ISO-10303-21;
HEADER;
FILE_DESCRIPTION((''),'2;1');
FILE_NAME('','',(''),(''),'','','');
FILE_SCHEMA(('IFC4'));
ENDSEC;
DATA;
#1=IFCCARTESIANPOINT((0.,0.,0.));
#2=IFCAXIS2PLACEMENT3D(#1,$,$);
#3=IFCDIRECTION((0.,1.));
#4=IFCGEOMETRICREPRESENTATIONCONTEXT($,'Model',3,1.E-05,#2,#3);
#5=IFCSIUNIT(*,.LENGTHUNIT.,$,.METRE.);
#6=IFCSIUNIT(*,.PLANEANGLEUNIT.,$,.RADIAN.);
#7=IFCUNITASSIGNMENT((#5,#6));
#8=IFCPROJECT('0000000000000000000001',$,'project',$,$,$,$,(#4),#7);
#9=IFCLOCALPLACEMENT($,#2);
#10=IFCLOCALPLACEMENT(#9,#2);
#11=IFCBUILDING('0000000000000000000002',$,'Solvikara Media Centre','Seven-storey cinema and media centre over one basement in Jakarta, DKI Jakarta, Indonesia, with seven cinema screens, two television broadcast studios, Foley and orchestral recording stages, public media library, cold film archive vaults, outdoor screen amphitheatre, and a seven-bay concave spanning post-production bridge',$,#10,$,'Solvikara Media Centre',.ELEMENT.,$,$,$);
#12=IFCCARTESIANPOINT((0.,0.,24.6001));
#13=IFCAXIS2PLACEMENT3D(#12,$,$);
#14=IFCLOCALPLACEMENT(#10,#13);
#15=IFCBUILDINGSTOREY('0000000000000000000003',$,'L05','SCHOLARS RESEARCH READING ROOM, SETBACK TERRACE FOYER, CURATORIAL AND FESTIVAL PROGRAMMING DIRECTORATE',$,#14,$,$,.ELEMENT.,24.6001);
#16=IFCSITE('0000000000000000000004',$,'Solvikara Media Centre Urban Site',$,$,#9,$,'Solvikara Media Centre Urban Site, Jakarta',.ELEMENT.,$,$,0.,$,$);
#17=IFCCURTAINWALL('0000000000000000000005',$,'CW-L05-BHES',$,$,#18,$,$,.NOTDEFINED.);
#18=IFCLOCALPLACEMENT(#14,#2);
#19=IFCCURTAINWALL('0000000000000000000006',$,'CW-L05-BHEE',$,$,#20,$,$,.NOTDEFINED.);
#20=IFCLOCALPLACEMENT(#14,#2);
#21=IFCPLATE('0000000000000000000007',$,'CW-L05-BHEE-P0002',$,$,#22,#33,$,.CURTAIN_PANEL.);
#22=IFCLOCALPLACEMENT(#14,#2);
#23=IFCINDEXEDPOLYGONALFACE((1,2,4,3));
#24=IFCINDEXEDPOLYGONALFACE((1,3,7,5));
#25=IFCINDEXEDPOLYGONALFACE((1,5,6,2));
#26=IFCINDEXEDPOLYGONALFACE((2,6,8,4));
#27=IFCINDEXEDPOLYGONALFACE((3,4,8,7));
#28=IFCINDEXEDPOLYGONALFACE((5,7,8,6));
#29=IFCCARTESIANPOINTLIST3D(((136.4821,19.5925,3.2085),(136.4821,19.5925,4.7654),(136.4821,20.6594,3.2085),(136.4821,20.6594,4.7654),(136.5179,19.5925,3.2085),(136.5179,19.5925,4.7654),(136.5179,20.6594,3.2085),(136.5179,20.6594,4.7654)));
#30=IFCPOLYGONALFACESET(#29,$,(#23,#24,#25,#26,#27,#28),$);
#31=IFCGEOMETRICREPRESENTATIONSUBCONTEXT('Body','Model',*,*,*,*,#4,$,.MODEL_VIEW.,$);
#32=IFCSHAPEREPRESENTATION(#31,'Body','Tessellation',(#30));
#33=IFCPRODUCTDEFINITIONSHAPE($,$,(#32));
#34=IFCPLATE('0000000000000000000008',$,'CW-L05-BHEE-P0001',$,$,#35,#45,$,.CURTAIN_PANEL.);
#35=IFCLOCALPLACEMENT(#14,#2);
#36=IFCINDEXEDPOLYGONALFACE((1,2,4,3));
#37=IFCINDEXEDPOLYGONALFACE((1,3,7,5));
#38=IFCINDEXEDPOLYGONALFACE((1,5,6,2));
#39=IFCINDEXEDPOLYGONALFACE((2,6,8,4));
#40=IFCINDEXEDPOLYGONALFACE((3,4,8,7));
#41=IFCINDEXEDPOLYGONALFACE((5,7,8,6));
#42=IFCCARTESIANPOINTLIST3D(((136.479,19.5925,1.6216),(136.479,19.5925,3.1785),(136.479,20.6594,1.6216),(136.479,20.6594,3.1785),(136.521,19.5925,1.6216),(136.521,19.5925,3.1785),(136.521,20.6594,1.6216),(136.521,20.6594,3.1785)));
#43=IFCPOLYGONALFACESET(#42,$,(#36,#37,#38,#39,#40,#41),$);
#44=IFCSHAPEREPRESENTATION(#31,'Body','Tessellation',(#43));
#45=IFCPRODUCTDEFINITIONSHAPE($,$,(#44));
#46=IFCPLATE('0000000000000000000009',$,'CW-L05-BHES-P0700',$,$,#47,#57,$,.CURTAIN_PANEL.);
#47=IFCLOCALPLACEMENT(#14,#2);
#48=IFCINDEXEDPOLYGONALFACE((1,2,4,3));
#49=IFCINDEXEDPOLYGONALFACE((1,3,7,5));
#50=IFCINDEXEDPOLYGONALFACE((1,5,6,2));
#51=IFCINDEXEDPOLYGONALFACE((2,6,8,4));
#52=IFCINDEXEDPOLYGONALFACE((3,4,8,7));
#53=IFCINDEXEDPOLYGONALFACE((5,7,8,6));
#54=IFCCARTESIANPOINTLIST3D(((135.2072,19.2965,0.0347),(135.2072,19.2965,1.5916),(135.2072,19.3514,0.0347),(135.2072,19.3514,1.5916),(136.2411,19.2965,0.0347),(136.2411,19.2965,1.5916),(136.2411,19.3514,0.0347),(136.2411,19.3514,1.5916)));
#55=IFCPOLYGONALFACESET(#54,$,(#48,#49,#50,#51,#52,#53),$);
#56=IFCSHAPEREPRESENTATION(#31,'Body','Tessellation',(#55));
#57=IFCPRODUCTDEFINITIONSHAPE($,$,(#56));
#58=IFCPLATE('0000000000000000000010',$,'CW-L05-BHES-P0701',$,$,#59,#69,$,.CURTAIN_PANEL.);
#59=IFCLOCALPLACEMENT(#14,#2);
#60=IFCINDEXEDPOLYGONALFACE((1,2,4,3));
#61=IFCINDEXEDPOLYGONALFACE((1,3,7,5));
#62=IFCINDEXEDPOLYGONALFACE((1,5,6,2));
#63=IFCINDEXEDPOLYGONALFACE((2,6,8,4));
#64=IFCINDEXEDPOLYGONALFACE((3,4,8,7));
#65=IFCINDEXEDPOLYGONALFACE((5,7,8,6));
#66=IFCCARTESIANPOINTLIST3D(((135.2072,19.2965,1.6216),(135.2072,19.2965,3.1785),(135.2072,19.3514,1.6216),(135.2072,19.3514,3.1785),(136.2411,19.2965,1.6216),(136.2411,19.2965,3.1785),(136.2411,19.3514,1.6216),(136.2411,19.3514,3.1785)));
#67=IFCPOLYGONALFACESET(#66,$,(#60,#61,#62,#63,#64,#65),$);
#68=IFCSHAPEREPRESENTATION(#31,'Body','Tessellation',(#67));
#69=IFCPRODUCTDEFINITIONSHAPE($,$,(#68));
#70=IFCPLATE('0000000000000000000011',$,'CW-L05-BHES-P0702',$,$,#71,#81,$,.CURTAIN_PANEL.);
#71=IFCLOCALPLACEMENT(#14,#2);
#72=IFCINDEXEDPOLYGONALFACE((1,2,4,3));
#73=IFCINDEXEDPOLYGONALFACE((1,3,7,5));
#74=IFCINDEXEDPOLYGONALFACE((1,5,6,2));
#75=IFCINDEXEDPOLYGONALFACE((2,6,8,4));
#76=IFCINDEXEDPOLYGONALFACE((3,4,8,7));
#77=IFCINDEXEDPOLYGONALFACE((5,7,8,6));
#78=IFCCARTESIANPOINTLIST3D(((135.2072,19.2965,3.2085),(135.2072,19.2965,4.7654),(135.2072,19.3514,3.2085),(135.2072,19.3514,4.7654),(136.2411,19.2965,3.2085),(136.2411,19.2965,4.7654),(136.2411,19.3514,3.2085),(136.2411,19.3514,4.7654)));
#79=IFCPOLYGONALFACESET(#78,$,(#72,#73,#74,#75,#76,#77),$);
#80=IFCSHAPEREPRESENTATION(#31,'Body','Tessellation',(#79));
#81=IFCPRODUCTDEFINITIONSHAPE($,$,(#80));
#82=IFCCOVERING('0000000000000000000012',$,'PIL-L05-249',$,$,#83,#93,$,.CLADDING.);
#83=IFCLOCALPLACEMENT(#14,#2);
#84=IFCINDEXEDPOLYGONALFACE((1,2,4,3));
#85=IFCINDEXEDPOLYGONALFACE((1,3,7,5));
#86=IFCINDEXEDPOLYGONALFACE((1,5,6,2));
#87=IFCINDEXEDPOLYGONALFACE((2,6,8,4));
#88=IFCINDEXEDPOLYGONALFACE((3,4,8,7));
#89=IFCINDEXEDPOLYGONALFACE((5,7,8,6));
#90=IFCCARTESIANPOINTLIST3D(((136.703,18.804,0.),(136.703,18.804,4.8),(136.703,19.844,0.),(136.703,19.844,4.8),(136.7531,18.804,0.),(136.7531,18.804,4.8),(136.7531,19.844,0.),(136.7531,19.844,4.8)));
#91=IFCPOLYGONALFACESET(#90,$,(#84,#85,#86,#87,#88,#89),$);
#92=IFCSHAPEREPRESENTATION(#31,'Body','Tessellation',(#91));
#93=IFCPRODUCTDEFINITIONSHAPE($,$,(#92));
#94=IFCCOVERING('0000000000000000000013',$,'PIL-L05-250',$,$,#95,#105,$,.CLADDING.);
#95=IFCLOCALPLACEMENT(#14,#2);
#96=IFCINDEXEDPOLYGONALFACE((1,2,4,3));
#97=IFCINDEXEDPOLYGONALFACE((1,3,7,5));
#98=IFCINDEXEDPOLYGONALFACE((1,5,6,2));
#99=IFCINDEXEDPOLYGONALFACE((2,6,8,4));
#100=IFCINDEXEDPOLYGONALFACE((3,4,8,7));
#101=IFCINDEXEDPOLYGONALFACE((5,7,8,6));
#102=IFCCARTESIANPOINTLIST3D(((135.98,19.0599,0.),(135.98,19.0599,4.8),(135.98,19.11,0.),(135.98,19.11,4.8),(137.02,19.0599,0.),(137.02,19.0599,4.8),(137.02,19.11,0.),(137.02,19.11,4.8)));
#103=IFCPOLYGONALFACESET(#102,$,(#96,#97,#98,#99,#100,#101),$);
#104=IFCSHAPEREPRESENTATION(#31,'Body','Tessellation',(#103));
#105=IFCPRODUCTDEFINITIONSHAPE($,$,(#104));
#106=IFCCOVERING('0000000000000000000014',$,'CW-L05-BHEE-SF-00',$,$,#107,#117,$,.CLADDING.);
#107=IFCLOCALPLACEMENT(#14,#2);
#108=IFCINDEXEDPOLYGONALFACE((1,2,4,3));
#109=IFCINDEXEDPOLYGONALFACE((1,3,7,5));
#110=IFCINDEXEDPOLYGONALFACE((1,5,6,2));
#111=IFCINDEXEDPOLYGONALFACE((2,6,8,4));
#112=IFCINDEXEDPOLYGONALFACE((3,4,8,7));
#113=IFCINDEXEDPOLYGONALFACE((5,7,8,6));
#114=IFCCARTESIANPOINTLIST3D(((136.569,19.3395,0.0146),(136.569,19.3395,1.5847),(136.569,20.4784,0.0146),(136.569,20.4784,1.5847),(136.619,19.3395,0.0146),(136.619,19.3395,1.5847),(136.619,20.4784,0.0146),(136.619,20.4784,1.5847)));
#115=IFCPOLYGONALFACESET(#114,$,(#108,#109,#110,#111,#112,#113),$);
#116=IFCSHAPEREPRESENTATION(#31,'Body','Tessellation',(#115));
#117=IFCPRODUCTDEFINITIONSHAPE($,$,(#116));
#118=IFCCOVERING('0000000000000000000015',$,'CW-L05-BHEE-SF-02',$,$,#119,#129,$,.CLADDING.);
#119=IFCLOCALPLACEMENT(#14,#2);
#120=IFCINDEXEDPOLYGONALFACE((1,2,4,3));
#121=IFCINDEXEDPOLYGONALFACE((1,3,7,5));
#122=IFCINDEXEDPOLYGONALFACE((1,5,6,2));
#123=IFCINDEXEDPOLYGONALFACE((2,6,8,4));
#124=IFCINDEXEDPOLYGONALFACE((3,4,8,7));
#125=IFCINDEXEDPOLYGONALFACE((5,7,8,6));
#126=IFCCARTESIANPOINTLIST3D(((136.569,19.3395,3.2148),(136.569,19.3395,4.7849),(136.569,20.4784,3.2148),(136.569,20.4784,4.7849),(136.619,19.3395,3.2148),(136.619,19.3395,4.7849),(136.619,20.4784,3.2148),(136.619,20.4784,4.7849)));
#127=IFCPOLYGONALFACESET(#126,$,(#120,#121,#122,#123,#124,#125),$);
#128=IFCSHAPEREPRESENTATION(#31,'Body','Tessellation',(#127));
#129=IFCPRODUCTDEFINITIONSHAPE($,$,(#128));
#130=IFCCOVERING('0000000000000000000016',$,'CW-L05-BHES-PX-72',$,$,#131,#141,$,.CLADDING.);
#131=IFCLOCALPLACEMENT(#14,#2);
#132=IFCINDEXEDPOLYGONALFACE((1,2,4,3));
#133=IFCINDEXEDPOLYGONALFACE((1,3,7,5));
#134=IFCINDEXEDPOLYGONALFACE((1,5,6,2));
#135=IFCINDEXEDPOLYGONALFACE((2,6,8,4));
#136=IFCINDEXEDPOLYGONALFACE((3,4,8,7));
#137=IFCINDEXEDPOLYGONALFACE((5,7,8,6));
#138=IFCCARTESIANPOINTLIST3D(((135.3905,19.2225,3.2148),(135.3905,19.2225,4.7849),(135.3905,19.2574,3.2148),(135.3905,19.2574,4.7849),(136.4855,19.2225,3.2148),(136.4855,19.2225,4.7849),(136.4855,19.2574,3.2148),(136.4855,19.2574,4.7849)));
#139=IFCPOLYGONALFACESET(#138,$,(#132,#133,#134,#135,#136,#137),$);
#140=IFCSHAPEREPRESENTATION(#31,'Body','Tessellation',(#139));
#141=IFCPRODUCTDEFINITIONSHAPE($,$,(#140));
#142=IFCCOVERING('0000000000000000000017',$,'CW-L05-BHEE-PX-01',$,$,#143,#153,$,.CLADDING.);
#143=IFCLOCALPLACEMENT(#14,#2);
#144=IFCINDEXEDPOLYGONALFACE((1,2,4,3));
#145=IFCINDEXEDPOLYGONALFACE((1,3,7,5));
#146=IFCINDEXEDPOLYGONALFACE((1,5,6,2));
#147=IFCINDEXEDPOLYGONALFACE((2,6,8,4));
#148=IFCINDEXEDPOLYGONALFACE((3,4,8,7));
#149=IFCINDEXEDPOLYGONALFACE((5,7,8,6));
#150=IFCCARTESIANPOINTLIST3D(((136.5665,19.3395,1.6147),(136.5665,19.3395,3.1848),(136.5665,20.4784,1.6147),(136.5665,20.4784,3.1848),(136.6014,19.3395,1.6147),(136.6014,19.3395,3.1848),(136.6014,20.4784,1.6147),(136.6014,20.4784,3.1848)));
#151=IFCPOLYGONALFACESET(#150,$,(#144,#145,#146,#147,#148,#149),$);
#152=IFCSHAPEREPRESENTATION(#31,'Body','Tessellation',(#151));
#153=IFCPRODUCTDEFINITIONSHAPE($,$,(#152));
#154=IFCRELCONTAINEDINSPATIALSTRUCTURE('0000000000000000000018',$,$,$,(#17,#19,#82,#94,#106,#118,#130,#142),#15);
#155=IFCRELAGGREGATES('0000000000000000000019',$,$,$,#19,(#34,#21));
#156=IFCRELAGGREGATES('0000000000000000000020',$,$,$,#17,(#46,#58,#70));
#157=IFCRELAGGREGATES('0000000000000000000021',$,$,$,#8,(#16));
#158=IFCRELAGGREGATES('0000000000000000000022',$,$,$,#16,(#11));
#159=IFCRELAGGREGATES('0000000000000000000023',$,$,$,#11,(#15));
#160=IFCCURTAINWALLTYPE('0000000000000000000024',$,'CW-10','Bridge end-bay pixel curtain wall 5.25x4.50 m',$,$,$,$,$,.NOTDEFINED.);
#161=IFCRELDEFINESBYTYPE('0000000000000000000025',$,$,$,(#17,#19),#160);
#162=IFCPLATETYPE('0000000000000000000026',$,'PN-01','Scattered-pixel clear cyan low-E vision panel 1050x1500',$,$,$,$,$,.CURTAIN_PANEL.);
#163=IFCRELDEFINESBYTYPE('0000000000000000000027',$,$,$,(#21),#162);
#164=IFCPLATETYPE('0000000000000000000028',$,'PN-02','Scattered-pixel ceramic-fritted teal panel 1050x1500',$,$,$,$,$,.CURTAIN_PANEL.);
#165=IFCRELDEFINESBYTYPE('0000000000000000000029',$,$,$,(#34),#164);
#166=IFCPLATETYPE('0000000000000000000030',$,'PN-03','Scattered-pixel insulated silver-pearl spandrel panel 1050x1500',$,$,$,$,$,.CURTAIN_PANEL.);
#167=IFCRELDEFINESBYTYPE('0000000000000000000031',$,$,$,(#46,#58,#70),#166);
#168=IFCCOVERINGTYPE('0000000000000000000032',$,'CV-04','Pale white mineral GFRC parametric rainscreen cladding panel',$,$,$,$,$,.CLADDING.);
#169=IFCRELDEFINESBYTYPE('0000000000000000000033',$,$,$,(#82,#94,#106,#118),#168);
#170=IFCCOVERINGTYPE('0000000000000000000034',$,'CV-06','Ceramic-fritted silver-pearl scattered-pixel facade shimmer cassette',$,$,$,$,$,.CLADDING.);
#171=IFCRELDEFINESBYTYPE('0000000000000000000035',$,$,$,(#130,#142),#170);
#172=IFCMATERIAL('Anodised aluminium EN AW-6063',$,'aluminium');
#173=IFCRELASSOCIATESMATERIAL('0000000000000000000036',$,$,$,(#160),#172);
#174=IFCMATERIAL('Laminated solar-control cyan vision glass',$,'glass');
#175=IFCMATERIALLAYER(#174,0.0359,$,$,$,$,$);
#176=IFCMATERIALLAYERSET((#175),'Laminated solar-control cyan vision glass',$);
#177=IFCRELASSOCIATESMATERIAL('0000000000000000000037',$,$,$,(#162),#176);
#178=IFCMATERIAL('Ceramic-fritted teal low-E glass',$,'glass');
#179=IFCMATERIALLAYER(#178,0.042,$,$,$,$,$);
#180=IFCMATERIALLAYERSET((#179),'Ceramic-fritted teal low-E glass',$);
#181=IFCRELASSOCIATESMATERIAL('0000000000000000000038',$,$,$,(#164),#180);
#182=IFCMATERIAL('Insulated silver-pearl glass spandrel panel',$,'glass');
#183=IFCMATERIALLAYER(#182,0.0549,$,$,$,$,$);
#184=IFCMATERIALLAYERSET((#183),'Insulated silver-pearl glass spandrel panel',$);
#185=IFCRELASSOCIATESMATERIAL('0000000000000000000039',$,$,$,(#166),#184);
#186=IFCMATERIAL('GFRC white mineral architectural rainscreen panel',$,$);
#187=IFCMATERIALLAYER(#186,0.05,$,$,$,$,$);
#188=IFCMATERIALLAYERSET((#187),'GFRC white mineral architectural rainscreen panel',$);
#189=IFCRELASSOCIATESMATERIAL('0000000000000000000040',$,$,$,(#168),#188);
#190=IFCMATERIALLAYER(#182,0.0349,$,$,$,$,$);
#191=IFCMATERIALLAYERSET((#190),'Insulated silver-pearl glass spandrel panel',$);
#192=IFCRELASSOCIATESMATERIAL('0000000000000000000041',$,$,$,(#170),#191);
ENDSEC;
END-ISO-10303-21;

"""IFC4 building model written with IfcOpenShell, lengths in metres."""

from ifc_helpers import new_model, si_unit, direction, frame, origin, origin_2d, place, context, subcontext, project, spatial, rectangle, extrude, material, layer, layer_set, type_object, element, aggregate, save


model = new_model("IFC4")

# Units and contexts
model_context = context("Model", 3, precision=1e-05, world=origin(), true_north=direction((0.0, 1.0)))
body_context = subcontext(model_context, "Body", "Model", "MODEL_VIEW")
ifc_project = project(units=[si_unit("LENGTHUNIT", "METRE"), si_unit("PLANEANGLEUNIT", "RADIAN")], contexts=[model_context])

# Site, building, storey
site_placement = place(None, origin())
site = spatial("IfcSite", under=ifc_project, at=site_placement, Name="Solvikara Media Centre Urban Site", LongName="Solvikara Media Centre Urban Site, Jakarta", CompositionType="ELEMENT", RefElevation=0.0)
building_placement = place(site_placement, origin())
building = spatial("IfcBuilding", under=site, at=building_placement, Name="Solvikara Media Centre", Description="Seven-storey cinema and media centre over one basement in Jakarta, DKI Jakarta, Indonesia, with seven cinema screens, two television broadcast studios, Foley and orchestral recording stages, public media library, cold film archive vaults, outdoor screen amphitheatre, and a seven-bay concave spanning post-production bridge", LongName="Solvikara Media Centre", CompositionType="ELEMENT")
storey_placement = place(building_placement, frame((0.0, 0.0, 24.6001)))
storey = spatial("IfcBuildingStorey", under=building, at=storey_placement, Name="L05", Description="SCHOLARS RESEARCH READING ROOM, SETBACK TERRACE FOYER, CURATORIAL AND FESTIVAL PROGRAMMING DIRECTORATE", CompositionType="ELEMENT", Elevation=24.6001)

# Curtain wall
ifc_material_1 = material(Name="Anodised aluminium EN AW-6063", Category="aluminium")
curtain_wall_type = type_object("IfcCurtainWallType", Name="CW-10", Description="Bridge end-bay pixel curtain wall 5.25x4.50 m", PredefinedType="NOTDEFINED", material=ifc_material_1)
curtain_wall_1_placement = place(storey_placement, origin())
curtain_wall_1 = element("IfcCurtainWall", 1, at=curtain_wall_1_placement, inside=storey, type_object=curtain_wall_type, Name="CW-L05-BHES", PredefinedType="NOTDEFINED")

# Curtain wall, plates
curtain_wall_2_placement = place(storey_placement, origin())
curtain_wall_2 = element("IfcCurtainWall", 2, at=curtain_wall_2_placement, inside=storey, type_object=curtain_wall_type, Name="CW-L05-BHEE", PredefinedType="NOTDEFINED")
ifc_material_2 = material(Name="Laminated solar-control cyan vision glass", Category="glass")
ifc_layer_1 = layer(ifc_material_2, 0.0359)
ifc_layer_set_1 = layer_set([ifc_layer_1], Name="Laminated solar-control cyan vision glass")
plate_type_1 = type_object("IfcPlateType", Name="PN-01", Description="Scattered-pixel clear cyan low-E vision panel 1050x1500", PredefinedType="CURTAIN_PANEL", material=ifc_layer_set_1)
plate_1_placement = place(storey_placement, frame((136.5, 20.126, 3.2085), z_axis=(0.0, 0.0, 1.0), x_axis=(0.0, 1.0, 0.0)))
plate_1 = element("IfcPlate", 3, at=plate_1_placement, type_object=plate_type_1, Name="CW-L05-BHEE-P0002", PredefinedType="CURTAIN_PANEL", context=body_context, shape_type="SweptSolid", body=[
    extrude(rectangle(XDim=1.0669, YDim=0.0359, at=origin_2d()), origin(), (0.0, 0.0, 1.0), 1.5569),
])
ifc_material_3 = material(Name="Ceramic-fritted teal low-E glass", Category="glass")
ifc_layer_2 = layer(ifc_material_3, 0.042)
ifc_layer_set_2 = layer_set([ifc_layer_2], Name="Ceramic-fritted teal low-E glass")
plate_type_2 = type_object("IfcPlateType", Name="PN-02", Description="Scattered-pixel ceramic-fritted teal panel 1050x1500", PredefinedType="CURTAIN_PANEL", material=ifc_layer_set_2)
plate_2_placement = place(storey_placement, frame((136.5, 20.126, 1.6216), z_axis=(0.0, 0.0, 1.0), x_axis=(0.0, 1.0, 0.0)))
plate_2 = element("IfcPlate", 4, at=plate_2_placement, type_object=plate_type_2, Name="CW-L05-BHEE-P0001", PredefinedType="CURTAIN_PANEL", context=body_context, shape_type="SweptSolid", body=[
    extrude(rectangle(XDim=1.0669, YDim=0.042, at=origin_2d()), origin(), (0.0, 0.0, 1.0), 1.5569),
])
aggregate(curtain_wall_2, [plate_2, plate_1])

# Plates
ifc_material_4 = material(Name="Insulated silver-pearl glass spandrel panel", Category="glass")
ifc_layer_3 = layer(ifc_material_4, 0.0549)
ifc_layer_set_3 = layer_set([ifc_layer_3], Name="Insulated silver-pearl glass spandrel panel")
plate_type_3 = type_object("IfcPlateType", Name="PN-03", Description="Scattered-pixel insulated silver-pearl spandrel panel 1050x1500", PredefinedType="CURTAIN_PANEL", material=ifc_layer_set_3)
plate_3_placement = place(storey_placement, frame((135.7241, 19.324, 0.0347), z_axis=(0.0, 0.0, 1.0), x_axis=(1.0, 0.0, 0.0)))
plate_3 = element("IfcPlate", 5, at=plate_3_placement, type_object=plate_type_3, Name="CW-L05-BHES-P0700", PredefinedType="CURTAIN_PANEL", context=body_context, shape_type="SweptSolid", body=[
    extrude(rectangle(XDim=1.0339, YDim=0.0549, at=origin_2d()), origin(), (0.0, 0.0, 1.0), 1.5569),
])
plate_4_placement = place(storey_placement, frame((135.7241, 19.324, 1.6216), z_axis=(0.0, 0.0, 1.0), x_axis=(1.0, 0.0, 0.0)))
plate_4 = element("IfcPlate", 6, at=plate_4_placement, type_object=plate_type_3, Name="CW-L05-BHES-P0701", PredefinedType="CURTAIN_PANEL", context=body_context, shape_type="SweptSolid", body=[
    extrude(rectangle(XDim=1.0339, YDim=0.0549, at=origin_2d()), origin(), (0.0, 0.0, 1.0), 1.5569),
])
plate_5_placement = place(storey_placement, frame((135.7241, 19.324, 3.2085), z_axis=(0.0, 0.0, 1.0), x_axis=(1.0, 0.0, 0.0)))
plate_5 = element("IfcPlate", 7, at=plate_5_placement, type_object=plate_type_3, Name="CW-L05-BHES-P0702", PredefinedType="CURTAIN_PANEL", context=body_context, shape_type="SweptSolid", body=[
    extrude(rectangle(XDim=1.0339, YDim=0.0549, at=origin_2d()), origin(), (0.0, 0.0, 1.0), 1.5569),
])
aggregate(curtain_wall_1, [plate_3, plate_4, plate_5])

# Coverings
ifc_material_5 = material(Name="GFRC white mineral architectural rainscreen panel")
ifc_layer_4 = layer(ifc_material_5, 0.05)
ifc_layer_set_4 = layer_set([ifc_layer_4], Name="GFRC white mineral architectural rainscreen panel")
covering_type_1 = type_object("IfcCoveringType", Name="CV-04", Description="Pale white mineral GFRC parametric rainscreen cladding panel", PredefinedType="CLADDING", material=ifc_layer_set_4)
for number, where, z_axis, x_axis, name in (
    (8, (136.728, 19.324, 0.0), (0.0, 0.0, 1.0), (0.0, 1.0, 0.0), "PIL-L05-249"),
    (9, (136.5, 19.085, 0.0), (0.0, 0.0, 1.0), (1.0, 0.0, 0.0), "PIL-L05-250"),
):
    element("IfcCovering", number, at=place(storey_placement, frame(where, z_axis=z_axis, x_axis=x_axis)), inside=storey, type_object=covering_type_1, Name=name, PredefinedType="CLADDING", context=body_context, shape_type="SweptSolid", body=[
        extrude(rectangle(XDim=1.04, YDim=0.05, at=origin_2d()), origin(), (0.0, 0.0, 1.0), 4.8),
    ])
for number, where, z_axis, x_axis, name in (
    (10, (136.594, 19.9089, 0.0146), (0.0, 0.0, 1.0), (0.0, 1.0, 0.0), "CW-L05-BHEE-SF-00"),
    (11, (136.594, 19.9089, 3.2148), (0.0, 0.0, 1.0), (0.0, 1.0, 0.0), "CW-L05-BHEE-SF-02"),
):
    element("IfcCovering", number, at=place(storey_placement, frame(where, z_axis=z_axis, x_axis=x_axis)), inside=storey, type_object=covering_type_1, Name=name, PredefinedType="CLADDING", context=body_context, shape_type="SweptSolid", body=[
        extrude(rectangle(XDim=1.1389, YDim=0.05, at=origin_2d()), origin(), (0.0, 0.0, 1.0), 1.5701),
    ])
ifc_layer_5 = layer(ifc_material_4, 0.0349)
ifc_layer_set_5 = layer_set([ifc_layer_5], Name="Insulated silver-pearl glass spandrel panel")
covering_type_2 = type_object("IfcCoveringType", Name="CV-06", Description="Ceramic-fritted silver-pearl scattered-pixel facade shimmer cassette", PredefinedType="CLADDING", material=ifc_layer_set_5)
covering_1_placement = place(storey_placement, frame((135.938, 19.24, 3.2148), z_axis=(0.0, 0.0, 1.0), x_axis=(1.0, 0.0, 0.0)))
element("IfcCovering", 12, at=covering_1_placement, inside=storey, type_object=covering_type_2, Name="CW-L05-BHES-PX-72", PredefinedType="CLADDING", context=body_context, shape_type="SweptSolid", body=[
    extrude(rectangle(XDim=1.095, YDim=0.0349, at=origin_2d()), origin(), (0.0, 0.0, 1.0), 1.5701),
])
covering_2_placement = place(storey_placement, frame((136.584, 19.9089, 1.6147), z_axis=(0.0, 0.0, 1.0), x_axis=(0.0, 1.0, 0.0)))
element("IfcCovering", 13, at=covering_2_placement, inside=storey, type_object=covering_type_2, Name="CW-L05-BHEE-PX-01", PredefinedType="CLADDING", context=body_context, shape_type="SweptSolid", body=[
    extrude(rectangle(XDim=1.1389, YDim=0.0349, at=origin_2d()), origin(), (0.0, 0.0, 1.0), 1.5701),
])

save(model, "model.ifc")
